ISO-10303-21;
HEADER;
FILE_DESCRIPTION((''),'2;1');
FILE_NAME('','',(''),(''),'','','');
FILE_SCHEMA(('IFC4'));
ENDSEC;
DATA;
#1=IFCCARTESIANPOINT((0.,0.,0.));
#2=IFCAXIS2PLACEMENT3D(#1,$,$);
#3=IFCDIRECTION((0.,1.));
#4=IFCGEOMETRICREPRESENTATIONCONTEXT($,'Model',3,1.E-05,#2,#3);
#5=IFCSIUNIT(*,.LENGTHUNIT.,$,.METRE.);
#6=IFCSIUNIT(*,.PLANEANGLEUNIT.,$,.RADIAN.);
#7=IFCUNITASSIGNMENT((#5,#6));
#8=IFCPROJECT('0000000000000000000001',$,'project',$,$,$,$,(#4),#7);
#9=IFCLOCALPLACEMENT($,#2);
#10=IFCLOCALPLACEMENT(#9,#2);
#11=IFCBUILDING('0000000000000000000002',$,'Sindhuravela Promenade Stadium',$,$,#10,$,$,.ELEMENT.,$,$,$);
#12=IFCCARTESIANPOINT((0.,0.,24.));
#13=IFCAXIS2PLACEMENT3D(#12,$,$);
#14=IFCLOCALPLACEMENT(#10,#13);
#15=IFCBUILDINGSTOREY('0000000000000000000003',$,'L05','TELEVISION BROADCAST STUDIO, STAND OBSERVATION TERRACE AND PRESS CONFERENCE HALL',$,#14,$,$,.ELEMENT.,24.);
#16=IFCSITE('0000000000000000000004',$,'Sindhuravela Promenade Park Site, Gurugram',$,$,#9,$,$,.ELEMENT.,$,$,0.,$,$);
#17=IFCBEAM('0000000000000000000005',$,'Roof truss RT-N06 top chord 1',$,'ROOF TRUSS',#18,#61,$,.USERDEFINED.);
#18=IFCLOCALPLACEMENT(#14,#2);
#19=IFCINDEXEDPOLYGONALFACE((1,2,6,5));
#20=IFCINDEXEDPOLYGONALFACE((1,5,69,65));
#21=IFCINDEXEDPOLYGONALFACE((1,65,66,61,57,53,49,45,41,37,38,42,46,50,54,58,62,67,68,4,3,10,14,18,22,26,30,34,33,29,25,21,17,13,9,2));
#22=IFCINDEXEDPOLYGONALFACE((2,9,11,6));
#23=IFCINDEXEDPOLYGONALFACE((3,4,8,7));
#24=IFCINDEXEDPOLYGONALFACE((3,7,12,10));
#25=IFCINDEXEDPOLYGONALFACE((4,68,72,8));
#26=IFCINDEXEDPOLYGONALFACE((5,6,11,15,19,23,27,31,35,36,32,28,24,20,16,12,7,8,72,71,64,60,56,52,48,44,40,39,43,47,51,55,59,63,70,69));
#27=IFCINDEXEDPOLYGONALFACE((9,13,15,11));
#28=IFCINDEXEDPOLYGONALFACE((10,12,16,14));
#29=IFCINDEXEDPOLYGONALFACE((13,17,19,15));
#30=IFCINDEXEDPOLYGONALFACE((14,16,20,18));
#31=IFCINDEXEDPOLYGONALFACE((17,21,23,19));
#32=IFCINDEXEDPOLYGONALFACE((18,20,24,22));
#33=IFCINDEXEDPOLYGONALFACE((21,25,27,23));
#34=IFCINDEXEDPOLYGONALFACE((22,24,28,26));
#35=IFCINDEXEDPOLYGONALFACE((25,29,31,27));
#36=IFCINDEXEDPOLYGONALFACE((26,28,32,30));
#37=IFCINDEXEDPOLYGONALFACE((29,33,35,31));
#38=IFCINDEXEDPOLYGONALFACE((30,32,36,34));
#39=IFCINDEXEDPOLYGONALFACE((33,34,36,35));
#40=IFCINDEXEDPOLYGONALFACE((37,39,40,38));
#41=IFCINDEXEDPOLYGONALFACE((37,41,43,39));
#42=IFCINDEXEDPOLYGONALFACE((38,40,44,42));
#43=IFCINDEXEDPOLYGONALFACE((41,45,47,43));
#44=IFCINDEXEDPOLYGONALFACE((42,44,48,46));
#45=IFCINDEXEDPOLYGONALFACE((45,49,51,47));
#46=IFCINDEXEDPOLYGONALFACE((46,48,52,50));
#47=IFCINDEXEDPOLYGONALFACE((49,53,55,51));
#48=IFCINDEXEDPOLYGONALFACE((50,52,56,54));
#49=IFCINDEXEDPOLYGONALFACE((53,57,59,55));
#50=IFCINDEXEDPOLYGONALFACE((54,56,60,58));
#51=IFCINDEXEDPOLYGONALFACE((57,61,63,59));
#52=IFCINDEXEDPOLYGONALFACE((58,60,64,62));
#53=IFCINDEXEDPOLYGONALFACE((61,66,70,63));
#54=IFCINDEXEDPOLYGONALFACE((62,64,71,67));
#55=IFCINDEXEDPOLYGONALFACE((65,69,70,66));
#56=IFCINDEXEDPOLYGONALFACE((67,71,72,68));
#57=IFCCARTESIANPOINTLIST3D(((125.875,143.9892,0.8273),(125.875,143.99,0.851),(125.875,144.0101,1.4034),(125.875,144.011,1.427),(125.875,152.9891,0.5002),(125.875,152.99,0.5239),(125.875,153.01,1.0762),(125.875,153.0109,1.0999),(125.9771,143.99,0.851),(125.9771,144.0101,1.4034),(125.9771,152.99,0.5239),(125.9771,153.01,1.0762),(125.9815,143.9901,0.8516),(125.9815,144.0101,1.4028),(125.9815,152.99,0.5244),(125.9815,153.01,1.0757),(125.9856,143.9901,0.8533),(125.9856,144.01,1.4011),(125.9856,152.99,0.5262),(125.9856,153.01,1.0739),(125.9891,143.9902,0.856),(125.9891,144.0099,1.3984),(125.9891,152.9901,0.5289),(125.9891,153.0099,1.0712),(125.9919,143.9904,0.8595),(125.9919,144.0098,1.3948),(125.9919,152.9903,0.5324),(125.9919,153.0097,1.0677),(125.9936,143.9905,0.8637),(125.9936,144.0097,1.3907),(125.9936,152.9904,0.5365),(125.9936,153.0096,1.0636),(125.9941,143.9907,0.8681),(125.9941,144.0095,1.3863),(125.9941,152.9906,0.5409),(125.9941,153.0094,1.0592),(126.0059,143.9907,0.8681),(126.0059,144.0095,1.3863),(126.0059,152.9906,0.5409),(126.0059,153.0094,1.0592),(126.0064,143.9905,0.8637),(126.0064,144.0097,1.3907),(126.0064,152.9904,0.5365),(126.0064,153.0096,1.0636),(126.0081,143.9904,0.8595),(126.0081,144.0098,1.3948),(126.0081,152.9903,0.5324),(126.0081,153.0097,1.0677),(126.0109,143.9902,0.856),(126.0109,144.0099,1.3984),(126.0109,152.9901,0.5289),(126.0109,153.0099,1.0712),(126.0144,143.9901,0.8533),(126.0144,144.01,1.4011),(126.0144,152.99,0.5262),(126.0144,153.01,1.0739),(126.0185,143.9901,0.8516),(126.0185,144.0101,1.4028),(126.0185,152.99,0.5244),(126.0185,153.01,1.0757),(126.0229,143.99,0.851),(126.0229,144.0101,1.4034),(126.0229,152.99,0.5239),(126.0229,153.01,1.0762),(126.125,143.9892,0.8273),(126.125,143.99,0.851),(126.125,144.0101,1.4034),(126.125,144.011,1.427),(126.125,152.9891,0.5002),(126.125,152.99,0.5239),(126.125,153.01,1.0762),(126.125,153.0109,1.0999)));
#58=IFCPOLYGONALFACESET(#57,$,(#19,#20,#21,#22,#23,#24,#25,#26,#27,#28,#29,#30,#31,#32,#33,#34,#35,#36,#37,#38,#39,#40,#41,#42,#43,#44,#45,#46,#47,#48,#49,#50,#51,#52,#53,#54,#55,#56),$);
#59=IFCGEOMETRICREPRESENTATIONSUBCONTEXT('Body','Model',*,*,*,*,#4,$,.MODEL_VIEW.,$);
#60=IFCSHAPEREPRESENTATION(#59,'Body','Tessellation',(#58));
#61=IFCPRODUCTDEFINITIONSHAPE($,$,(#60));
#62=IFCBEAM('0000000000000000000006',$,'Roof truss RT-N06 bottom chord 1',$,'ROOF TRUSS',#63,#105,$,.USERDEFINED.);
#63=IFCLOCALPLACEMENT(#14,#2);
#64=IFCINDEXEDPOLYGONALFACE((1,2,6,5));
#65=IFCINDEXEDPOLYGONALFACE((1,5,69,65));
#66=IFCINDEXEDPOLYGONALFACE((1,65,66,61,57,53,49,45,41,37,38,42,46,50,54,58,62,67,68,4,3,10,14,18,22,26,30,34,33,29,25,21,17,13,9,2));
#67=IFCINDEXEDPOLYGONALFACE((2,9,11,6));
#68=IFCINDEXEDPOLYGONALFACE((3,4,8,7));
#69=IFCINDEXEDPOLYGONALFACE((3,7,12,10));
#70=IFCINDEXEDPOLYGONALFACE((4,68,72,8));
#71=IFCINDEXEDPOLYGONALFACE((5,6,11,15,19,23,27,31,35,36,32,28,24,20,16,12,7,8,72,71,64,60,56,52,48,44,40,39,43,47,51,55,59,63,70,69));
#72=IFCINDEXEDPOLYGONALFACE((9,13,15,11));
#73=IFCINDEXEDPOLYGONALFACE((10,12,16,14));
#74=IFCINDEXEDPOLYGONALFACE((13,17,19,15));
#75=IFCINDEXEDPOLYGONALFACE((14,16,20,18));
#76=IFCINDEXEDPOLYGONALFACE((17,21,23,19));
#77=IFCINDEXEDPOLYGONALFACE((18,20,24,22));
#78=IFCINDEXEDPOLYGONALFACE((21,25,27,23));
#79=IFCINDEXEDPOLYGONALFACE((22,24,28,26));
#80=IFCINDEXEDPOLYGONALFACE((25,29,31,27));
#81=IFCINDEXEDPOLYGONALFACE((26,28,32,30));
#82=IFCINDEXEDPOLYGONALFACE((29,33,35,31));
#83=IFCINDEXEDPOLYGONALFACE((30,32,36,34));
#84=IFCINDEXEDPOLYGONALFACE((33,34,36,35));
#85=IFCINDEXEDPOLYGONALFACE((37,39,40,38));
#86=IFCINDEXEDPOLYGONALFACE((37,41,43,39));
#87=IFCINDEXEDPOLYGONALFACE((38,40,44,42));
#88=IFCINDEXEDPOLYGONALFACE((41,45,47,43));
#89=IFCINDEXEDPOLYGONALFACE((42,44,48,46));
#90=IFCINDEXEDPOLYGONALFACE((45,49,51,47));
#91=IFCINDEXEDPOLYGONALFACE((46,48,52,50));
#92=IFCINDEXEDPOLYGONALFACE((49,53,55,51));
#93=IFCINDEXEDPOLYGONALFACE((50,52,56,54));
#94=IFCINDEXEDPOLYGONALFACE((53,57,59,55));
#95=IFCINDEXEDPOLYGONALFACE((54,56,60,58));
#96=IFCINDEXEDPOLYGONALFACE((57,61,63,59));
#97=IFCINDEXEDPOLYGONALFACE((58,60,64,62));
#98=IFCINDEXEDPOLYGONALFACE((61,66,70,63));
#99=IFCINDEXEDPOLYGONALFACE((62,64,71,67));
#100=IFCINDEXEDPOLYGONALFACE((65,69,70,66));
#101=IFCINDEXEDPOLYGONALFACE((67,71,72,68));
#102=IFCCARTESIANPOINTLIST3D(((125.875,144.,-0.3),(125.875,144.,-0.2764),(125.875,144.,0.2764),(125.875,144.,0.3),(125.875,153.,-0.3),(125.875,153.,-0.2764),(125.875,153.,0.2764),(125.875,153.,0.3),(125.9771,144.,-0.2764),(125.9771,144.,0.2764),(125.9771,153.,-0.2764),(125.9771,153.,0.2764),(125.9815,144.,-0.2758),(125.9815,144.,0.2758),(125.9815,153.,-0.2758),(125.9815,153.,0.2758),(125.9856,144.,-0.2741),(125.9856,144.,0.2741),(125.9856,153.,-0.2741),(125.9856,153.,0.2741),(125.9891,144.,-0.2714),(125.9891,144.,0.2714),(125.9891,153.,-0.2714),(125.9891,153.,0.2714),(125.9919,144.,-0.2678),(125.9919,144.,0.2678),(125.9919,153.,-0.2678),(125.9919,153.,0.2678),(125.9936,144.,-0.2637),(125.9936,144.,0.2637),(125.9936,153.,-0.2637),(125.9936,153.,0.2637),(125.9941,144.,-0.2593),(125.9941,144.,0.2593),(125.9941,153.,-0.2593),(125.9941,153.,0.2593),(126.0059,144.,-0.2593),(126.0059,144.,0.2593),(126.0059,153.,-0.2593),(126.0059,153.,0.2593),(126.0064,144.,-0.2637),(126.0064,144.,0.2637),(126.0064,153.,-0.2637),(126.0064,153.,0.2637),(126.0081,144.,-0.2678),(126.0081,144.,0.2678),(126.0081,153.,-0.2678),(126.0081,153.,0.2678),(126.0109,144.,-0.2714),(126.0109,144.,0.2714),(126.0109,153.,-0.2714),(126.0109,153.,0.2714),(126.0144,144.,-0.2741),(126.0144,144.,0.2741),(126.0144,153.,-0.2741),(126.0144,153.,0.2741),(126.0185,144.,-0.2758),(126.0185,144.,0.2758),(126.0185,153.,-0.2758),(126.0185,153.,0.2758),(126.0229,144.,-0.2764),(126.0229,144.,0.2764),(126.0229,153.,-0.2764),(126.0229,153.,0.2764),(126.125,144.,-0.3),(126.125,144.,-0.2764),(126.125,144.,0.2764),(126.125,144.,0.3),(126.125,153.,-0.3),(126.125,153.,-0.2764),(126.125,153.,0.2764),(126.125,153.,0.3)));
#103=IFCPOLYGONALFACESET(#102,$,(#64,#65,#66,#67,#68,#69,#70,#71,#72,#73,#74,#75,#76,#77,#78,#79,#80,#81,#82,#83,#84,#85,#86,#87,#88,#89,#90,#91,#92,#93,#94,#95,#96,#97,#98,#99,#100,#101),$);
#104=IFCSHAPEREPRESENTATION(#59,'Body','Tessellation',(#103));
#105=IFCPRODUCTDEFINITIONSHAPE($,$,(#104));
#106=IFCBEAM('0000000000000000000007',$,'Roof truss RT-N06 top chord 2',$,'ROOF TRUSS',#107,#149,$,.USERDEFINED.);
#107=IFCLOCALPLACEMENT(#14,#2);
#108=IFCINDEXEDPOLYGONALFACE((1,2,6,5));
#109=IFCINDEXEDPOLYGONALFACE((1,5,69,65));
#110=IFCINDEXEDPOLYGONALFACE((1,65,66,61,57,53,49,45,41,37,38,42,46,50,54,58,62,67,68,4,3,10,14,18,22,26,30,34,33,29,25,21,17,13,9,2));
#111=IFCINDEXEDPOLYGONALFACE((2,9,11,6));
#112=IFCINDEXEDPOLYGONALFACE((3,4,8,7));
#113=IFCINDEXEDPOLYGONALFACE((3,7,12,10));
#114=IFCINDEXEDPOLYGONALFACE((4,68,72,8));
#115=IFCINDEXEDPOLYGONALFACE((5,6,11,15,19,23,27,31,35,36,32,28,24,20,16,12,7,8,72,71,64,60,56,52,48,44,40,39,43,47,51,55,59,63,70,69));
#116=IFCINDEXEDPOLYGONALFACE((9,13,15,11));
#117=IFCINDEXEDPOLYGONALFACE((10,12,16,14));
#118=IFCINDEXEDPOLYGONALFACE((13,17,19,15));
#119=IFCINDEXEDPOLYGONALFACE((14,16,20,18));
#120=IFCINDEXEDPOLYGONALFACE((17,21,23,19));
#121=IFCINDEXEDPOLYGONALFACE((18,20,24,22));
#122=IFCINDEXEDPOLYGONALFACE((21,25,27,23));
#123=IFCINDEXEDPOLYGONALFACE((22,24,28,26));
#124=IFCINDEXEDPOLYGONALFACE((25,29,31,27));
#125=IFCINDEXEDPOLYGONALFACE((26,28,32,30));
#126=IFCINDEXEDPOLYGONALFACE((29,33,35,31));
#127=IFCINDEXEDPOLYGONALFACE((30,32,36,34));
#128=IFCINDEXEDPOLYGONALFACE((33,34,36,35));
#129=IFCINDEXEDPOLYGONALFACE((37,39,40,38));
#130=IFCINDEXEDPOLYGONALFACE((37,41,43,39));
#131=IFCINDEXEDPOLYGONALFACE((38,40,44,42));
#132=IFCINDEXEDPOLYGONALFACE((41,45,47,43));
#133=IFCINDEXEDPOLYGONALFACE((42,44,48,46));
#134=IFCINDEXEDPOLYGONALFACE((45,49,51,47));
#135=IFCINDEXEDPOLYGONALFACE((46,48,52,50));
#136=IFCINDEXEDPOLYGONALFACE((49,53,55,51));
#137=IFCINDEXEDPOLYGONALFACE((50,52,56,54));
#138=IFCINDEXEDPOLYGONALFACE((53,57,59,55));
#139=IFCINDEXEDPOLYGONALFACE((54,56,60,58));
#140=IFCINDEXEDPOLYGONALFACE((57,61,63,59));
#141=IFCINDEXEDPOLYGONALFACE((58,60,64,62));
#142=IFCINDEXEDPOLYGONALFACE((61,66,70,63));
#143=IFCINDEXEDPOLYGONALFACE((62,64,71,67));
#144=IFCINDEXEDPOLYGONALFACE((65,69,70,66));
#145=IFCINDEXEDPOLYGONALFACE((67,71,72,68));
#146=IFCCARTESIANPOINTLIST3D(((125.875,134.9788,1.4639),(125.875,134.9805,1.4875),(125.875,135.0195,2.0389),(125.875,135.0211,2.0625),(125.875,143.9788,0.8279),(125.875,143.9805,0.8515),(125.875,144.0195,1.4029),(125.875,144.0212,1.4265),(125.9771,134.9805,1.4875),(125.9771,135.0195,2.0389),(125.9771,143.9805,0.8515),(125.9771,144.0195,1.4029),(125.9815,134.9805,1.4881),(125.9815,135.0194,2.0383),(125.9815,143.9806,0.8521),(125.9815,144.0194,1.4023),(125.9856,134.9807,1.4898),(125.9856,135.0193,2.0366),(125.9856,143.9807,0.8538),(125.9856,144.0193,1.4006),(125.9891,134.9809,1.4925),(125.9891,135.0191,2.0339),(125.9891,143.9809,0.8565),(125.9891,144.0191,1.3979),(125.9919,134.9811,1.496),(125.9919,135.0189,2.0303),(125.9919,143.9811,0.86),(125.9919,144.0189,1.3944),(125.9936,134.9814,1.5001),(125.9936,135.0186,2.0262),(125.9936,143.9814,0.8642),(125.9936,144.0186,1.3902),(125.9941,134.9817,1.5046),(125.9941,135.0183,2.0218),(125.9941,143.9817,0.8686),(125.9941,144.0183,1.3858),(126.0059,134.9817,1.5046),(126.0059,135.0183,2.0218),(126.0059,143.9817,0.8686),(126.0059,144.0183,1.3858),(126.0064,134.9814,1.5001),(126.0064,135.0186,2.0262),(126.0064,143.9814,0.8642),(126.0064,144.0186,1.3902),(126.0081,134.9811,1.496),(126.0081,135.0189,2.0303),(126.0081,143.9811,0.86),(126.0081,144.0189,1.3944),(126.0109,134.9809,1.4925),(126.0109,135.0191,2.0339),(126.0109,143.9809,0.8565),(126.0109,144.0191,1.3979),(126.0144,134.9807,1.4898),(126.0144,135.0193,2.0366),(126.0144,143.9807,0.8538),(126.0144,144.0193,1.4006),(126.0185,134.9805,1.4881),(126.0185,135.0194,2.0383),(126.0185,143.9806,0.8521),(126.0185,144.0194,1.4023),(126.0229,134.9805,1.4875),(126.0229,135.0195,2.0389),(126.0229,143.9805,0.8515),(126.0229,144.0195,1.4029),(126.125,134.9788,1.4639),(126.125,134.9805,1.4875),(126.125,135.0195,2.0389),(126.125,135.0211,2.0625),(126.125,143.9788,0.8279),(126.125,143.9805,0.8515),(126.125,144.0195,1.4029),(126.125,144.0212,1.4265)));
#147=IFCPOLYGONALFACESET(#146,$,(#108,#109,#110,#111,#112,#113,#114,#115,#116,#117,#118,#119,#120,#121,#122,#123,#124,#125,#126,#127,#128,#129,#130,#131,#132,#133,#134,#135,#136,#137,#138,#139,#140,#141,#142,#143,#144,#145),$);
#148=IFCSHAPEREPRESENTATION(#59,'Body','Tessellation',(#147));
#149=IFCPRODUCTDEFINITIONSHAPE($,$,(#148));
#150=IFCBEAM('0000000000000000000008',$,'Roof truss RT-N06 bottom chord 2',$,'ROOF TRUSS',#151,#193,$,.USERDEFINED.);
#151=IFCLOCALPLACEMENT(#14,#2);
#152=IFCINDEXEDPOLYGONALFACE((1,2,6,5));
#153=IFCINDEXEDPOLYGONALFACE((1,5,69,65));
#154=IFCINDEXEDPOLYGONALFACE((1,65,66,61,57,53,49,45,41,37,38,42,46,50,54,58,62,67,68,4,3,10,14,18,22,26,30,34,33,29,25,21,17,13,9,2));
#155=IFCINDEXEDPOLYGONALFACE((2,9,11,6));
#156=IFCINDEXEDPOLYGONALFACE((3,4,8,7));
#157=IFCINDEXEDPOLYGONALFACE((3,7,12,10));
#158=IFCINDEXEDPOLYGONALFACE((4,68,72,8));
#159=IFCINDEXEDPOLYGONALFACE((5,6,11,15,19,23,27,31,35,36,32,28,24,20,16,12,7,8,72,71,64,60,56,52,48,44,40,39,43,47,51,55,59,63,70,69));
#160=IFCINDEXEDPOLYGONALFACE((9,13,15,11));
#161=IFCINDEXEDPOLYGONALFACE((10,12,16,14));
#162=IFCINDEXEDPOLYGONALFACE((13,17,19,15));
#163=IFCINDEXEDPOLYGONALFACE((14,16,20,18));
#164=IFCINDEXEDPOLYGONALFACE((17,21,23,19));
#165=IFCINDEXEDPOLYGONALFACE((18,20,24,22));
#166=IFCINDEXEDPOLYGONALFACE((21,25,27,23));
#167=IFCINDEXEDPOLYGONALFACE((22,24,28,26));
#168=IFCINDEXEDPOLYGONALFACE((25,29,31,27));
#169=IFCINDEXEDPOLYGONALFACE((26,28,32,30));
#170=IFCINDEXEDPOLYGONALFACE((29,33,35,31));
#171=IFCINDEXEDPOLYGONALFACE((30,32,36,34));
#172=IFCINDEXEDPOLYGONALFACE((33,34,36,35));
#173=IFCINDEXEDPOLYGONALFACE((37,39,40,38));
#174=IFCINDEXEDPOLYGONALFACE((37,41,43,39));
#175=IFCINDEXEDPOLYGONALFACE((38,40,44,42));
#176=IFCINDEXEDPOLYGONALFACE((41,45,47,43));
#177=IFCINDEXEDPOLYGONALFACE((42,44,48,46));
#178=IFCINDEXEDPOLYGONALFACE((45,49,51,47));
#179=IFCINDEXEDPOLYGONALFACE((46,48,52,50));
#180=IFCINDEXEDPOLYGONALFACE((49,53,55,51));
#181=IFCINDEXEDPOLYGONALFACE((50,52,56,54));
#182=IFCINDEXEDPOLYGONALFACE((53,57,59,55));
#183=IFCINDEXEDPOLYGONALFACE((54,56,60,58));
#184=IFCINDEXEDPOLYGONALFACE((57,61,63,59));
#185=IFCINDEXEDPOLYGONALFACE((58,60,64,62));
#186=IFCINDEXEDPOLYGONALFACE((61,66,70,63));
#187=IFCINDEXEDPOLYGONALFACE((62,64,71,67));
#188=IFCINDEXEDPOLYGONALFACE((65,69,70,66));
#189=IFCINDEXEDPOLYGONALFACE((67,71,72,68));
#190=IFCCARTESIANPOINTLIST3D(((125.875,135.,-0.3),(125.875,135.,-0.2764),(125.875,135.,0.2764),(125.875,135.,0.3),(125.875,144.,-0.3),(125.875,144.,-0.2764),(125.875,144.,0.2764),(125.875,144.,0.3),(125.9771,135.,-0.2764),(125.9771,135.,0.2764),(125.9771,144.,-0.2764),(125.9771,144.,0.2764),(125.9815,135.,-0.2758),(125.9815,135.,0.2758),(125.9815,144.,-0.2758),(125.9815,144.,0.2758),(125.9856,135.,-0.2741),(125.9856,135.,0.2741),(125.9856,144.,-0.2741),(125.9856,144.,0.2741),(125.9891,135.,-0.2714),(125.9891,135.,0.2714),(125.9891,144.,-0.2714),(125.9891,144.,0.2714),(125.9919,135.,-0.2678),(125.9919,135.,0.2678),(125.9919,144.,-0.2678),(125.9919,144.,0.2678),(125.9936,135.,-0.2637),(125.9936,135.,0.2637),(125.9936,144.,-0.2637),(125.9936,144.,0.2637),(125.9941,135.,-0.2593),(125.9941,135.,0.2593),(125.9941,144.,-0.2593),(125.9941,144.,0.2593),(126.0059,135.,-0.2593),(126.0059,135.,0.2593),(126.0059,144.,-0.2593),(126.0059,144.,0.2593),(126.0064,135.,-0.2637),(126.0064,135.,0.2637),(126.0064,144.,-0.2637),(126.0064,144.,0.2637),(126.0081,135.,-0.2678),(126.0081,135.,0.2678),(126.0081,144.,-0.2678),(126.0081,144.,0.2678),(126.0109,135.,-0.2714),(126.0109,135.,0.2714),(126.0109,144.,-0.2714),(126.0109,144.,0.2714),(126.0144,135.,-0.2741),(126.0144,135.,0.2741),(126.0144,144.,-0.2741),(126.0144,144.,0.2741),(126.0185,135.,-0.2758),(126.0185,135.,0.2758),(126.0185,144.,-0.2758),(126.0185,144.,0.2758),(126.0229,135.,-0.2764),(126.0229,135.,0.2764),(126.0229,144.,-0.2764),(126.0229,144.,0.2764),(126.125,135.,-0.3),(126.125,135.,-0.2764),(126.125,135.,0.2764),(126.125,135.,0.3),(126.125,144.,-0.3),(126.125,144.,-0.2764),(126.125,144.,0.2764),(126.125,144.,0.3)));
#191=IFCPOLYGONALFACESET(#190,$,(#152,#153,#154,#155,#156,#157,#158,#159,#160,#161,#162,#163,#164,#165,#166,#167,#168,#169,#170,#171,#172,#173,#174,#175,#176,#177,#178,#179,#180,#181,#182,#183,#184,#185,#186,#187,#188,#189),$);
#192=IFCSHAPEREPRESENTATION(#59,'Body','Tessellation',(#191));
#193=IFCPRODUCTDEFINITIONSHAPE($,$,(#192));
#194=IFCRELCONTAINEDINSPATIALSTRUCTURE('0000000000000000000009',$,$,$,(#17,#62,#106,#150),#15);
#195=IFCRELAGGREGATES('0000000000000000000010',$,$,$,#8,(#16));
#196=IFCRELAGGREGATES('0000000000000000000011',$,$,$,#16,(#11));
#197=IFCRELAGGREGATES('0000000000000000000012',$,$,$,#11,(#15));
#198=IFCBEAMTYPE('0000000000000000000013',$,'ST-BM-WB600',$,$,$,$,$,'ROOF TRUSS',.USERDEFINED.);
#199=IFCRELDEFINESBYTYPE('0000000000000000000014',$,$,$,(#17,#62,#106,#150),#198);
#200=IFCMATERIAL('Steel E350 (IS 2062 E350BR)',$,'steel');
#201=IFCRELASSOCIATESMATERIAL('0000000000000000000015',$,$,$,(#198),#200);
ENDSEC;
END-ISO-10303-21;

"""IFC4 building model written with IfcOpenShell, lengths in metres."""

from ifc_helpers import new_model, si_unit, direction, frame, origin, origin_2d, place, context, subcontext, project, spatial, i_section, extrude, material, material_profile, profile_set, type_object, element, save


model = new_model("IFC4")

# Units and contexts
model_context = context("Model", 3, precision=1e-05, world=origin(), true_north=direction((0.0, 1.0)))
body_context = subcontext(model_context, "Body", "Model", "MODEL_VIEW")
ifc_project = project(units=[si_unit("LENGTHUNIT", "METRE"), si_unit("PLANEANGLEUNIT", "RADIAN")], contexts=[model_context])

# Site, building, storey
site_placement = place(None, origin())
site = spatial("IfcSite", under=ifc_project, at=site_placement, Name="Sindhuravela Promenade Park Site, Gurugram", CompositionType="ELEMENT", RefElevation=0.0)
building_placement = place(site_placement, origin())
building = spatial("IfcBuilding", under=site, at=building_placement, Name="Sindhuravela Promenade Stadium", CompositionType="ELEMENT")
storey_placement = place(building_placement, frame((0.0, 0.0, 24.0)))
storey = spatial("IfcBuildingStorey", under=building, at=storey_placement, Name="L05", Description="TELEVISION BROADCAST STUDIO, STAND OBSERVATION TERRACE AND PRESS CONFERENCE HALL", CompositionType="ELEMENT", Elevation=24.0)

# Beams
ifc_material_1 = material(Name="Steel E350 (IS 2062 E350BR)", Category="steel")
ifc_material_profile_1 = material_profile(ifc_material_1, i_section(OverallWidth=0.25, OverallDepth=0.6001, WebThickness=0.0117, FlangeThickness=0.0237, FilletRadius=0.0171, at=origin_2d()), Name="ISWB 600")
ifc_profile_set_1 = profile_set([ifc_material_profile_1], Name="Steel E350 (IS 2062 E350BR)")
beam_type = type_object("IfcBeamType", Name="ST-BM-WB600", ElementType="ROOF TRUSS", PredefinedType="USERDEFINED", material=ifc_profile_set_1)
beam_1_placement = place(storey_placement, frame((126.0, 153.0, 0.8), z_axis=(0.0, -0.99934, 0.036326), x_axis=(1.0, 0.0, 0.0)))
element("IfcBeam", 1, at=beam_1_placement, inside=storey, type_object=beam_type, Name="Roof truss RT-N06 top chord 1", ObjectType="ROOF TRUSS", PredefinedType="USERDEFINED", context=body_context, shape_type="SweptSolid", body=[
    extrude(i_section(OverallWidth=0.25, OverallDepth=0.6001, WebThickness=0.0117, FlangeThickness=0.0237, FilletRadius=0.0171, at=origin_2d()), origin(), (0.0, 0.0, 1.0), 9.0059),
])
beam_2_placement = place(storey_placement, frame((126.0, 153.0, 0.0), z_axis=(0.0, -1.0, 0.0), x_axis=(1.0, 0.0, 0.0)))
element("IfcBeam", 2, at=beam_2_placement, inside=storey, type_object=beam_type, Name="Roof truss RT-N06 bottom chord 1", ObjectType="ROOF TRUSS", PredefinedType="USERDEFINED", context=body_context, shape_type="SweptSolid", body=[
    extrude(i_section(OverallWidth=0.25, OverallDepth=0.6001, WebThickness=0.0117, FlangeThickness=0.0237, FilletRadius=0.0171, at=origin_2d()), origin(), (0.0, 0.0, 1.0), 9.0),
])
beam_3_placement = place(storey_placement, frame((126.0, 144.0, 1.1272), z_axis=(0.0, -0.997513, 0.070489), x_axis=(1.0, 0.0, 0.0)))
element("IfcBeam", 3, at=beam_3_placement, inside=storey, type_object=beam_type, Name="Roof truss RT-N06 top chord 2", ObjectType="ROOF TRUSS", PredefinedType="USERDEFINED", context=body_context, shape_type="SweptSolid", body=[
    extrude(i_section(OverallWidth=0.25, OverallDepth=0.6001, WebThickness=0.0117, FlangeThickness=0.0237, FilletRadius=0.0171, at=origin_2d()), origin(), (0.0, 0.0, 1.0), 9.0225),
])
beam_4_placement = place(storey_placement, frame((126.0, 144.0, 0.0), z_axis=(0.0, -1.0, 0.0), x_axis=(1.0, 0.0, 0.0)))
element("IfcBeam", 4, at=beam_4_placement, inside=storey, type_object=beam_type, Name="Roof truss RT-N06 bottom chord 2", ObjectType="ROOF TRUSS", PredefinedType="USERDEFINED", context=body_context, shape_type="SweptSolid", body=[
    extrude(i_section(OverallWidth=0.25, OverallDepth=0.6001, WebThickness=0.0117, FlangeThickness=0.0237, FilletRadius=0.0171, at=origin_2d()), origin(), (0.0, 0.0, 1.0), 9.0),
])

save(model, "model.ifc")
